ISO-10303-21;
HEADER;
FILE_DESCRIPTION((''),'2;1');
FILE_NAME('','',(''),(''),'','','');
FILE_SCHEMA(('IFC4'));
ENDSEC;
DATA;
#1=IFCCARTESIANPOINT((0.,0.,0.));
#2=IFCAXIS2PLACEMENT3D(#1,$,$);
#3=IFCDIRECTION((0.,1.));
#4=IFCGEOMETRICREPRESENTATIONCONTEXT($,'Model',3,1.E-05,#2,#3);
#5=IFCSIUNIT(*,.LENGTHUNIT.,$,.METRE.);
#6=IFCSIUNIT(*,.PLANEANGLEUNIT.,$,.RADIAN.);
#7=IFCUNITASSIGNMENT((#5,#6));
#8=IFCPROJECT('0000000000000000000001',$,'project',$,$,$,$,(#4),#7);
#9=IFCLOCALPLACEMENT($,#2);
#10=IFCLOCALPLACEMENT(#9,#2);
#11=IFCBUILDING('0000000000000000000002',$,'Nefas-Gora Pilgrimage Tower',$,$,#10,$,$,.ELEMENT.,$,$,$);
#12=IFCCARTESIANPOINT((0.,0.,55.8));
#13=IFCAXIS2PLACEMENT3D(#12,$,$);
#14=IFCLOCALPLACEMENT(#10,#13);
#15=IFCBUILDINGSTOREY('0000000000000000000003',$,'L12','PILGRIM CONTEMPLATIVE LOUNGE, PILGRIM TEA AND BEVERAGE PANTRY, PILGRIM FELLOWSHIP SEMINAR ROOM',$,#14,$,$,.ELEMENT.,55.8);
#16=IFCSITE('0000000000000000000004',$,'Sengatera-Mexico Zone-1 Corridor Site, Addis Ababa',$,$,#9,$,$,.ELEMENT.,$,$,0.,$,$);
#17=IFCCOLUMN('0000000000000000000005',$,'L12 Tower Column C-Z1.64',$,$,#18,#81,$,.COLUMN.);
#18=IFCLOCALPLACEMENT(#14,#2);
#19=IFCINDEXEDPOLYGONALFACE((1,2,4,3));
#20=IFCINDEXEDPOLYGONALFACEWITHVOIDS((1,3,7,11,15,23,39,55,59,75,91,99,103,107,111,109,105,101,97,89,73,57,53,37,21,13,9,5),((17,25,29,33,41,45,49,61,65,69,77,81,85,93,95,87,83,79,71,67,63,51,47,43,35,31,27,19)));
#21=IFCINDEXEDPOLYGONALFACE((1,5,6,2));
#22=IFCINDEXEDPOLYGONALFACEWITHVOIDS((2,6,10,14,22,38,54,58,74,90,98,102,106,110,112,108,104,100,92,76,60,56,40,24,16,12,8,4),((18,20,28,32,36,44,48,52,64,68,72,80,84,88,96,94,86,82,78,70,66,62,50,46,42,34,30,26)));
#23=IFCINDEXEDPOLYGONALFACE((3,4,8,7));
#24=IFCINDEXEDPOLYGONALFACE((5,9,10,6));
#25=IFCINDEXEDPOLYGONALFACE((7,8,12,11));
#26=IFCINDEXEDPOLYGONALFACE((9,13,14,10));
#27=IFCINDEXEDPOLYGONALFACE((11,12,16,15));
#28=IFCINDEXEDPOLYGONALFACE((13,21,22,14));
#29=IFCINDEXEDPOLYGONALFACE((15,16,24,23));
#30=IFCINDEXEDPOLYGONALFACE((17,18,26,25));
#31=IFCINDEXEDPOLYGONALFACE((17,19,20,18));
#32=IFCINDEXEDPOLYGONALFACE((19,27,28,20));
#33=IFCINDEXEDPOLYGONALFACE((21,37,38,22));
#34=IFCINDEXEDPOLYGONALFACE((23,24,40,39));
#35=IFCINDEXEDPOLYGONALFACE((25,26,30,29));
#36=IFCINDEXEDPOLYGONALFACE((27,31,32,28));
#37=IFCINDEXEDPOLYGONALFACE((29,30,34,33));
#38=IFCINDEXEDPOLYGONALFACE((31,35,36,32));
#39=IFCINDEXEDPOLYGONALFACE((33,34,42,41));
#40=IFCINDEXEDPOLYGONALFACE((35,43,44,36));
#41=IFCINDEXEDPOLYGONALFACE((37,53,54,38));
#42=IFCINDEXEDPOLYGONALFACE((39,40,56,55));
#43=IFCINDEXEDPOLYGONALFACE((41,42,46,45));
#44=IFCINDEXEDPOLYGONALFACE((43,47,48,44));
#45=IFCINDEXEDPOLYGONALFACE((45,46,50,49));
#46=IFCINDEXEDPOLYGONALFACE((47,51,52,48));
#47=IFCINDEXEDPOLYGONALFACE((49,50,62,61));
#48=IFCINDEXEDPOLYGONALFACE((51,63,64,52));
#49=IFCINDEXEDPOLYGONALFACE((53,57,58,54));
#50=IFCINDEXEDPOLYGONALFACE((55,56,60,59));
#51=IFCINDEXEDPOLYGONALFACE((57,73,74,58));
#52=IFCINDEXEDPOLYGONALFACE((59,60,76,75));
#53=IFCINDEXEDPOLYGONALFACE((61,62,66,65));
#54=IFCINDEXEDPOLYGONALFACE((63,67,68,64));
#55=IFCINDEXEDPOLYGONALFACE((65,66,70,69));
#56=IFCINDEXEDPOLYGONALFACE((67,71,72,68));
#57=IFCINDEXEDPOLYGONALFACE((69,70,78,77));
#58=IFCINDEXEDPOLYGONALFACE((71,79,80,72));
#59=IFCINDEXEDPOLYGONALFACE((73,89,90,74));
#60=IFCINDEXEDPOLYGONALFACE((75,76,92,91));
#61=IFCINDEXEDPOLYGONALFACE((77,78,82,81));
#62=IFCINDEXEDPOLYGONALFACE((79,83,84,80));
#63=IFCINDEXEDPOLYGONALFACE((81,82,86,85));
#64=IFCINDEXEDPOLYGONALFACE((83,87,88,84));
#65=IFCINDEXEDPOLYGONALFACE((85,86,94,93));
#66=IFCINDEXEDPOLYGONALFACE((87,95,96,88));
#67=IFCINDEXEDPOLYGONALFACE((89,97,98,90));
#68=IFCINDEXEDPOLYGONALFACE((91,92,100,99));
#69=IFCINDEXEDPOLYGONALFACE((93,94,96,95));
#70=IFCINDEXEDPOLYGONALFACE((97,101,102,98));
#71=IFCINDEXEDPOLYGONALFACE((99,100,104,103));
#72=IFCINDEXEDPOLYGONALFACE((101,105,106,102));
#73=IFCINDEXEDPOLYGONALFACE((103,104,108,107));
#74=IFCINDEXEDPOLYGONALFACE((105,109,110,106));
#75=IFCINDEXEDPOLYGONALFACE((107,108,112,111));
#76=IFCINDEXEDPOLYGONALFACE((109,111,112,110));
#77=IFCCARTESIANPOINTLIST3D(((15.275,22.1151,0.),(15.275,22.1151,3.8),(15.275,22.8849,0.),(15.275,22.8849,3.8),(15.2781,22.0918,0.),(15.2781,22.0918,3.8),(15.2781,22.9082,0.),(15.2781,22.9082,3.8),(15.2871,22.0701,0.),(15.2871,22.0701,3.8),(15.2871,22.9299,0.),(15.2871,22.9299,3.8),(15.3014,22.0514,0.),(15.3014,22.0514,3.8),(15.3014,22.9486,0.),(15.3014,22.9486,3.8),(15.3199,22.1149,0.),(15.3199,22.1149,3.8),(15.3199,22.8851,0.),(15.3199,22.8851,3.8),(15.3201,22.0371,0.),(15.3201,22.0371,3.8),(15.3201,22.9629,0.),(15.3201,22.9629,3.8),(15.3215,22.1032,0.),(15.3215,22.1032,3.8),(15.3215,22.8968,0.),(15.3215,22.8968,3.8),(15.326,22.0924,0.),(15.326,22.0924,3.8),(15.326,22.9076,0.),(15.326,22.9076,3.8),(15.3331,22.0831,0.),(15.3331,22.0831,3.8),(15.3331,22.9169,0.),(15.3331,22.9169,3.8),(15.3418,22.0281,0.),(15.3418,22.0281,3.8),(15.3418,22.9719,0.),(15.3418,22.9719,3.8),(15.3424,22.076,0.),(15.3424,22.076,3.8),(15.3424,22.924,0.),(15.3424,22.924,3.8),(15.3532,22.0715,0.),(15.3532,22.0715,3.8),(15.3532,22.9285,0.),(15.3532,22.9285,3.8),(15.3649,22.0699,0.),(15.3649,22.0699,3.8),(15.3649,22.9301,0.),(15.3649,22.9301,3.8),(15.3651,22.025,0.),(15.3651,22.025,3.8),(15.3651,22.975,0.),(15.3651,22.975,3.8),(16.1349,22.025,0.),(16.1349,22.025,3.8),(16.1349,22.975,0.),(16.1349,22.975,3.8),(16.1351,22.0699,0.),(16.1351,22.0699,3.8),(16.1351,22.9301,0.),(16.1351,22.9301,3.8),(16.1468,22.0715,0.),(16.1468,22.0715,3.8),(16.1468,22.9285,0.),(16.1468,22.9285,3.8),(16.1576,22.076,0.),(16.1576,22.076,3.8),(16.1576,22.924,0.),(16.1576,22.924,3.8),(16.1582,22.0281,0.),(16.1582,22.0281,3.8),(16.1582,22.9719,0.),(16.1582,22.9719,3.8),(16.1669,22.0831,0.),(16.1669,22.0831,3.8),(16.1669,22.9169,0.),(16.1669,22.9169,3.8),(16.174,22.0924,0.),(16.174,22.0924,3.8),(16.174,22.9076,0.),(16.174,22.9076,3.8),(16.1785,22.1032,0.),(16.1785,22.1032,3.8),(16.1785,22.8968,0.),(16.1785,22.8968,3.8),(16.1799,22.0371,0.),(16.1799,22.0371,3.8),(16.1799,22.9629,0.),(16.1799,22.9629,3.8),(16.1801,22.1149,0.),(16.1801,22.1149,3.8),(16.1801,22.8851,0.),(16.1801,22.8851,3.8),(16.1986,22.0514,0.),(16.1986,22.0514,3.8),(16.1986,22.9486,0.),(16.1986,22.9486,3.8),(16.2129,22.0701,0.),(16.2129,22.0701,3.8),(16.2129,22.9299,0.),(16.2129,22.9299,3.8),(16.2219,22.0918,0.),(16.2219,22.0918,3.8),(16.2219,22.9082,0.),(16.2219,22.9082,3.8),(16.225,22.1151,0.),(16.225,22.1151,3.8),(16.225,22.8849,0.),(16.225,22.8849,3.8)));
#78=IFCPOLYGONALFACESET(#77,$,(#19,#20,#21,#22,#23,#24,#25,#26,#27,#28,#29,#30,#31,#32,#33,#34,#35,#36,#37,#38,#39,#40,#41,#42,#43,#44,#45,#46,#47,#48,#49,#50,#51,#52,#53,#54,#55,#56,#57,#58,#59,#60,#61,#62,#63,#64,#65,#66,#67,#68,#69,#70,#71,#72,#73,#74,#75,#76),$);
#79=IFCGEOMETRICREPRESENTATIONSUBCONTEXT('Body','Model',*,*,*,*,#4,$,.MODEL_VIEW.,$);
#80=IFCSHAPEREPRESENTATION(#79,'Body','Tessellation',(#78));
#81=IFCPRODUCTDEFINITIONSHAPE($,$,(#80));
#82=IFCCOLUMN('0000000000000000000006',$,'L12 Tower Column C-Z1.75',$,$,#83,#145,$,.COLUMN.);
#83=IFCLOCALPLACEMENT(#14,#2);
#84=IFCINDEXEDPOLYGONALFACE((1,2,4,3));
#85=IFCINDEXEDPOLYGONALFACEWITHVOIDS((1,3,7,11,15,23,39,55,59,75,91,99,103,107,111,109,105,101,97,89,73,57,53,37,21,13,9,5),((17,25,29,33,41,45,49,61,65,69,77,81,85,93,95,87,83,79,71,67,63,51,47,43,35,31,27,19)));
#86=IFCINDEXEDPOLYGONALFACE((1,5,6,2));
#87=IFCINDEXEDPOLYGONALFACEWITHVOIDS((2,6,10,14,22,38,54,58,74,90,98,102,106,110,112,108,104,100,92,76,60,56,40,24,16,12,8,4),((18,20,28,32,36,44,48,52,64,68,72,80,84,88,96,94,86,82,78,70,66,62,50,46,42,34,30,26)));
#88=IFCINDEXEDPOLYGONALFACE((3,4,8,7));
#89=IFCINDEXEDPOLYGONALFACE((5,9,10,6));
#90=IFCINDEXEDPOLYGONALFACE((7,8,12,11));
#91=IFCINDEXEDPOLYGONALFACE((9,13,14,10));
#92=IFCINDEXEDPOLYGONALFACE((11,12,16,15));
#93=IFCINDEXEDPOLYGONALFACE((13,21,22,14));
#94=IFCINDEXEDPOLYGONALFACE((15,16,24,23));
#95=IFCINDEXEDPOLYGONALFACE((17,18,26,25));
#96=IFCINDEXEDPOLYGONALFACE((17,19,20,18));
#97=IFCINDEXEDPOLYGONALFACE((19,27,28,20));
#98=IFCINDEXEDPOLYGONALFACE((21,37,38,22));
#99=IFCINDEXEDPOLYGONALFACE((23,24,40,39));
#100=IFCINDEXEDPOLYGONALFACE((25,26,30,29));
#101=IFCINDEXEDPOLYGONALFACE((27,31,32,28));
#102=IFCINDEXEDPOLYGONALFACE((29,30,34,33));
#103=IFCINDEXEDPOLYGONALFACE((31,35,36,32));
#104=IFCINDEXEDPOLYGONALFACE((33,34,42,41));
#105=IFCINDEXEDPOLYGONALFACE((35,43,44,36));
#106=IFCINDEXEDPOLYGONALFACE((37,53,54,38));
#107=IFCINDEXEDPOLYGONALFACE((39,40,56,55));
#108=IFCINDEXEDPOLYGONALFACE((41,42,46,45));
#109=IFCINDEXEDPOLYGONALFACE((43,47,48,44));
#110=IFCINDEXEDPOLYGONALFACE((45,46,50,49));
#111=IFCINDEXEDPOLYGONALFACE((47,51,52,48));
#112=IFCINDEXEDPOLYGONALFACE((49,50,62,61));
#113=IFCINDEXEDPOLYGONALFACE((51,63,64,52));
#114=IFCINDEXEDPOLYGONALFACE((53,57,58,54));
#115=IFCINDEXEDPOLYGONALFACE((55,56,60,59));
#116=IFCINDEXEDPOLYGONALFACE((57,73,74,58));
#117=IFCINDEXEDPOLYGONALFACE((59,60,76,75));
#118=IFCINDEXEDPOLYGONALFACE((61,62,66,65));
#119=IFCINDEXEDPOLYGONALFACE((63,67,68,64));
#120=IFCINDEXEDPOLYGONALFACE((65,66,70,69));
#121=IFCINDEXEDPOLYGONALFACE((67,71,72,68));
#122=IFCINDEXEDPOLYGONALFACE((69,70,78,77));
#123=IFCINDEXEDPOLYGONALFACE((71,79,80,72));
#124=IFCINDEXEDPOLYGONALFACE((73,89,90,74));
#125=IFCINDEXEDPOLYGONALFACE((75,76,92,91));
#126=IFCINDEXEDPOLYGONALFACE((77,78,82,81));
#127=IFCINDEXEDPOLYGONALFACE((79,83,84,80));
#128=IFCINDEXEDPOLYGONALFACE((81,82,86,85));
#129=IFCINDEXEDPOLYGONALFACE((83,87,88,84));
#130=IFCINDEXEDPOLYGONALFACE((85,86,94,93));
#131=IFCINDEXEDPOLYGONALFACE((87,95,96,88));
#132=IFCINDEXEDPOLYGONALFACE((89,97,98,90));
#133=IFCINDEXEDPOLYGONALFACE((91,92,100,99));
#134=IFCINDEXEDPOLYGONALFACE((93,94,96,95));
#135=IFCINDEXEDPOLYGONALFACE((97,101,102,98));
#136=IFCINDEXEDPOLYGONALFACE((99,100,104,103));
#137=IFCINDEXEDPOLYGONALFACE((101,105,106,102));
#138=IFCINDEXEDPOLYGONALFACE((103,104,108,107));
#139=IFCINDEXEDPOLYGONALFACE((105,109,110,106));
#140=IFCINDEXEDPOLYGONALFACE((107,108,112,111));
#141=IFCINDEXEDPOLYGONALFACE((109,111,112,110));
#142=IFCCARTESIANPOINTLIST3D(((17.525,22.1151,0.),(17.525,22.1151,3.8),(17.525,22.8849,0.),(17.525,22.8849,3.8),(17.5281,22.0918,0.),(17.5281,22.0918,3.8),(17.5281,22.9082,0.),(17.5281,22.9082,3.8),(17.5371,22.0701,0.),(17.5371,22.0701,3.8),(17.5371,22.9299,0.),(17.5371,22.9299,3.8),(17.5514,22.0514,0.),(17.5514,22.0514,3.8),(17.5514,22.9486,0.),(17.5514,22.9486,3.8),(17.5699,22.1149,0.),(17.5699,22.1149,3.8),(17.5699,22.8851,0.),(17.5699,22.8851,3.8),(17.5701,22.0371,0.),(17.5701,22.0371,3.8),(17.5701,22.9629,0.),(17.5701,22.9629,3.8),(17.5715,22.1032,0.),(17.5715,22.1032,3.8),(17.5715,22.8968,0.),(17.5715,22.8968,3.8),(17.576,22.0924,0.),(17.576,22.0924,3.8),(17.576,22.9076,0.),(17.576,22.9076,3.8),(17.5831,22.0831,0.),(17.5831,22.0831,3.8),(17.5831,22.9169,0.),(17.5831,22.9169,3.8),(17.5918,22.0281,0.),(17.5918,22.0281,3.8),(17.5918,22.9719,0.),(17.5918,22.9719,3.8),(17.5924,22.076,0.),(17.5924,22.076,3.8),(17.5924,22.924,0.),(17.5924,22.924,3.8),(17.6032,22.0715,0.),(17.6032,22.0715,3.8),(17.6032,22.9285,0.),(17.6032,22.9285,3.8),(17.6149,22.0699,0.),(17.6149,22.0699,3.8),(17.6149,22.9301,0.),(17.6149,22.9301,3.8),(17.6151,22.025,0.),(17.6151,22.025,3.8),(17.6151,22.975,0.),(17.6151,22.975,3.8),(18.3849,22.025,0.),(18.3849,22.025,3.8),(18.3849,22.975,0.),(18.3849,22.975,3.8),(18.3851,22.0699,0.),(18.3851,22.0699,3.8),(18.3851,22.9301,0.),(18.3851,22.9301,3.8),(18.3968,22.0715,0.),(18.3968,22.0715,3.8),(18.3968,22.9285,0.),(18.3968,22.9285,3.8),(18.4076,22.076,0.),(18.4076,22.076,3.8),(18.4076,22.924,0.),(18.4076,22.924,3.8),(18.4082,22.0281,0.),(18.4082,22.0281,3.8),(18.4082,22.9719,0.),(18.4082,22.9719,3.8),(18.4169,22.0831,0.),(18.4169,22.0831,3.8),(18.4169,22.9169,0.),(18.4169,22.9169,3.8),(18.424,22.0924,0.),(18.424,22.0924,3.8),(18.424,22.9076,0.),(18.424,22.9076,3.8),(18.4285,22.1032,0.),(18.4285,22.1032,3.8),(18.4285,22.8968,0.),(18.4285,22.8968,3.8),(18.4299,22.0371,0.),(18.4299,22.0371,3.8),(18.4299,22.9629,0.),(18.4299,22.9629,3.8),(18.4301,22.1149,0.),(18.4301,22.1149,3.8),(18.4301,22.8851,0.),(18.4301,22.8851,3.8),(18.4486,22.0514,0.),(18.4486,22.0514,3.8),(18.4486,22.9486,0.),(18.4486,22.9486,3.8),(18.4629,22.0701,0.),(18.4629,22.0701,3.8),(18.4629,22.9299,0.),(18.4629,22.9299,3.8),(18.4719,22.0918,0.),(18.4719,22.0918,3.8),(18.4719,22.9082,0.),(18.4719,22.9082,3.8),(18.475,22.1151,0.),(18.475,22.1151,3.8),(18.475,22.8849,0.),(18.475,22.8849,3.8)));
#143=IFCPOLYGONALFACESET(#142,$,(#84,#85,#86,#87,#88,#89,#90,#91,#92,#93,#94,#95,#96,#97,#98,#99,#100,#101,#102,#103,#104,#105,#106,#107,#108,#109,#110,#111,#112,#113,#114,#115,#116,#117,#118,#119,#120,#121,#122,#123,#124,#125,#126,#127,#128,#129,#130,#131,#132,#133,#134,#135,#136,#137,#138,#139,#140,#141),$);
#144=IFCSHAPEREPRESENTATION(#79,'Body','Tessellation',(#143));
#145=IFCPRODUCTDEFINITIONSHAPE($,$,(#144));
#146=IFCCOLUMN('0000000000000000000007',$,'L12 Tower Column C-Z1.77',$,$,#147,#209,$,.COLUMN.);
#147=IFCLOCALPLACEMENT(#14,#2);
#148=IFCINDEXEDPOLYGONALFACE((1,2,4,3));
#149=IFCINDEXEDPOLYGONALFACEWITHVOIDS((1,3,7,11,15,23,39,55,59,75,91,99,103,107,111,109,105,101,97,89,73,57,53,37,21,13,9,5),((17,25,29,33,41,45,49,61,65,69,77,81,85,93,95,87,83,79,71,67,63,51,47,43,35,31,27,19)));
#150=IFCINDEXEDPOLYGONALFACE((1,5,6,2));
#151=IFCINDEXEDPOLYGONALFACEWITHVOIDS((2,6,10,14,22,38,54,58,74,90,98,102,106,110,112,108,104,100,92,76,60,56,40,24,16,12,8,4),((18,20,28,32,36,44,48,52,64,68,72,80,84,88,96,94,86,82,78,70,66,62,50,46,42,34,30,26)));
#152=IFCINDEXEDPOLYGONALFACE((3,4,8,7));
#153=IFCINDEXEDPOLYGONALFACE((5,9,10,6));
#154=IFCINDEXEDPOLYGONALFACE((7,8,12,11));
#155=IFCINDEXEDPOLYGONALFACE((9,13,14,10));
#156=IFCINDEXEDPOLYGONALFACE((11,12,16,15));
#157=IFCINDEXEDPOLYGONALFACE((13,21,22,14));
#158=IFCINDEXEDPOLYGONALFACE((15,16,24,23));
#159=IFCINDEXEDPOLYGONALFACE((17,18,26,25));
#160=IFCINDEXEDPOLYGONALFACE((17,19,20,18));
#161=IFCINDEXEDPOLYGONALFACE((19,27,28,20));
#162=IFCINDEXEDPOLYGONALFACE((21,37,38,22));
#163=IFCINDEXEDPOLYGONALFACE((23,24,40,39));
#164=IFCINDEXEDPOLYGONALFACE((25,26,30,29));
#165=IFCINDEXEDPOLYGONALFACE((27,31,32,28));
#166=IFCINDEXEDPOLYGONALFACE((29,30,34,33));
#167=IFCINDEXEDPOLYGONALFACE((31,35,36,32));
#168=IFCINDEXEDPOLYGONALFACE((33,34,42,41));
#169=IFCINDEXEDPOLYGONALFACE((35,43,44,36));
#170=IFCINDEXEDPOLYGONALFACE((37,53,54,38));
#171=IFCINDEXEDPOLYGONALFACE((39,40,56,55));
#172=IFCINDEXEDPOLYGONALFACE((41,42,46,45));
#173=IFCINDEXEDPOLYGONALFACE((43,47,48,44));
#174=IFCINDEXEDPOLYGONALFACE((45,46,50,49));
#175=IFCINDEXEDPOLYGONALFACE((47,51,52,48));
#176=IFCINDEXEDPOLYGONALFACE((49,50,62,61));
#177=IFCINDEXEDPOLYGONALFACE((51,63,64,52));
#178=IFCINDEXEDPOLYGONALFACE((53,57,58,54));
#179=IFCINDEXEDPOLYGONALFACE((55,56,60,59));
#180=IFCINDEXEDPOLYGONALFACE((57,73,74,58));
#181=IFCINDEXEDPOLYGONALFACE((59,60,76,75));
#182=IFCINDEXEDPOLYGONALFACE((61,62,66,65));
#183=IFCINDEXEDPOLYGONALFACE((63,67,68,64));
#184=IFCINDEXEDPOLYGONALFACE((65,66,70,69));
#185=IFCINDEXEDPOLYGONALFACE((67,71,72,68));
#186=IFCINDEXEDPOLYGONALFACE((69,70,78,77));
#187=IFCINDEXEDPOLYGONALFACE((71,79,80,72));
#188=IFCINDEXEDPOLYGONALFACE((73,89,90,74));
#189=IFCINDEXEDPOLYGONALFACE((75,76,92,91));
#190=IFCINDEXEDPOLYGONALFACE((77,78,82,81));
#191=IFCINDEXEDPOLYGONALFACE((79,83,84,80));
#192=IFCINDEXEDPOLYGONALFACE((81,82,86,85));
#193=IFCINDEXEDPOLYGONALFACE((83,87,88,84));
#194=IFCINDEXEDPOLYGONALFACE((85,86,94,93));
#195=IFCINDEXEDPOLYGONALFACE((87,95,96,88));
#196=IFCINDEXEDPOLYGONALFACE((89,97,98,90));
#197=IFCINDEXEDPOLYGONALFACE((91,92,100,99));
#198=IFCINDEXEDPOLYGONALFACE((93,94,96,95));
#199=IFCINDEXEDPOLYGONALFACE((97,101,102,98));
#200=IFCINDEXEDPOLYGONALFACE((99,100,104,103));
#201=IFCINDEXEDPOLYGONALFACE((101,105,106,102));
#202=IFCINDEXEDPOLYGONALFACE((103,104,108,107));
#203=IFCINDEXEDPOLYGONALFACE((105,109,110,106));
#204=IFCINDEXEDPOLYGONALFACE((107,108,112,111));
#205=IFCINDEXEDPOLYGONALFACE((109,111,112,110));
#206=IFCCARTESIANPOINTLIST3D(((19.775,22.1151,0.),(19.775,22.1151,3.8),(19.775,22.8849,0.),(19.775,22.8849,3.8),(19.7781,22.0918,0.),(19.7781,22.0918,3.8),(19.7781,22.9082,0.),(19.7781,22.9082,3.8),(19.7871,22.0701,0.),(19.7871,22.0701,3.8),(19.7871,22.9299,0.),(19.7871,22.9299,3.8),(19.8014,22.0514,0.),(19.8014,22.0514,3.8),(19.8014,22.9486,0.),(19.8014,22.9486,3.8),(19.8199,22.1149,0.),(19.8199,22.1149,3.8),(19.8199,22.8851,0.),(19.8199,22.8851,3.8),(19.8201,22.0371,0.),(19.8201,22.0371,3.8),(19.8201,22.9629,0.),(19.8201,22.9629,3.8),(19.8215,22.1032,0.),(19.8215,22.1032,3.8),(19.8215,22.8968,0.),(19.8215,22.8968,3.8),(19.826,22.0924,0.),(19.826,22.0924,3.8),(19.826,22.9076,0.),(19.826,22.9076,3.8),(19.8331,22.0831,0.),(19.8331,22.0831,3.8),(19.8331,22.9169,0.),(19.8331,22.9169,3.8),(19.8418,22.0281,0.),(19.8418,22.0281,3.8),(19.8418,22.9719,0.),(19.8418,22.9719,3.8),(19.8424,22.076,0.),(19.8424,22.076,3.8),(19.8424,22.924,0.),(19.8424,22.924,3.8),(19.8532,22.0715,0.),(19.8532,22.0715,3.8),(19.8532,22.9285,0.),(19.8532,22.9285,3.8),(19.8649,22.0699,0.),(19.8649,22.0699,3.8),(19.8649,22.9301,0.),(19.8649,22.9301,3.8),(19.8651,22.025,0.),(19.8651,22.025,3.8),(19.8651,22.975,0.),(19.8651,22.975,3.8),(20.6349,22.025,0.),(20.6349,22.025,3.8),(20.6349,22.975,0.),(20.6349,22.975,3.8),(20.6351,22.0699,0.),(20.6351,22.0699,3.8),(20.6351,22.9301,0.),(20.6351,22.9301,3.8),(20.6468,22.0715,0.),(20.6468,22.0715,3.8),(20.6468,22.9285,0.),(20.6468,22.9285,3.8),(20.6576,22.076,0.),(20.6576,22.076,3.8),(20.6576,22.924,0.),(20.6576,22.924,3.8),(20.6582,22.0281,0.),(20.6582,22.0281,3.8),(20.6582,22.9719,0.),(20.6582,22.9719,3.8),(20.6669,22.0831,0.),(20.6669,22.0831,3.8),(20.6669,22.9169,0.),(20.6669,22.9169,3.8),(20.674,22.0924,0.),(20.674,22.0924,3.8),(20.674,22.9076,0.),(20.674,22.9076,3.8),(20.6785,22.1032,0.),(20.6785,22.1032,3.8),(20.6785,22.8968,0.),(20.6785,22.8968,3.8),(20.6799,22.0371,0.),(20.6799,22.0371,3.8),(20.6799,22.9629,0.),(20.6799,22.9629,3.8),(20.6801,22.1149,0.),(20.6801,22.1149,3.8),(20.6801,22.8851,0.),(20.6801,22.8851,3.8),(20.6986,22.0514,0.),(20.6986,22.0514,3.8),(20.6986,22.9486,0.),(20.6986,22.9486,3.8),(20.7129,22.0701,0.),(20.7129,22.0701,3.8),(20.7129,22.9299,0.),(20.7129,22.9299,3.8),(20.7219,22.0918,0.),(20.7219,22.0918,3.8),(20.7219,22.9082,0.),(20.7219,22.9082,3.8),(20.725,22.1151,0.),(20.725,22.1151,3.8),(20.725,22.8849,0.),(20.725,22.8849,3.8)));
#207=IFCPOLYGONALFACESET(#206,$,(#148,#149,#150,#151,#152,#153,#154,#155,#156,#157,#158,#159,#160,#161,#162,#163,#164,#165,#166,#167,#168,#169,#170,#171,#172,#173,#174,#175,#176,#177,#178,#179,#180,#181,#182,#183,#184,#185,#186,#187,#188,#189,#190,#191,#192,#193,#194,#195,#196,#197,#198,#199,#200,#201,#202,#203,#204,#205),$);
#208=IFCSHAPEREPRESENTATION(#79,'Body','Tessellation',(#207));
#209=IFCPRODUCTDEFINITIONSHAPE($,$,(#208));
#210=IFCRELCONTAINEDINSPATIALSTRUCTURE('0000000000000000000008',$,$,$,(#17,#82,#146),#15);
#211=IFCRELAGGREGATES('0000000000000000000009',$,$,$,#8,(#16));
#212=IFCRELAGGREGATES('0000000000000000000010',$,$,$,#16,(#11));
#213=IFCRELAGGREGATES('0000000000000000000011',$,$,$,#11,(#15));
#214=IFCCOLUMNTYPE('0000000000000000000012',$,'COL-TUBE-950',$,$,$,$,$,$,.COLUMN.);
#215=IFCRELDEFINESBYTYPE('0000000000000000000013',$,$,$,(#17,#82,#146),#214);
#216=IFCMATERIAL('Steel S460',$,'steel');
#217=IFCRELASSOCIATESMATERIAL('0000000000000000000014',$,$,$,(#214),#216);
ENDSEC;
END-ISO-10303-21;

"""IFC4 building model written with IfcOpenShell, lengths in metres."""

from ifc_helpers import new_model, si_unit, direction, frame, origin, origin_2d, place, context, subcontext, project, spatial, hollow_rectangle, extrude, source, transform, mapped, material, material_profile, profile_set, type_object, element, save


model = new_model("IFC4")

# Units and contexts
model_context = context("Model", 3, precision=1e-05, world=origin(), true_north=direction((0.0, 1.0)))
body_context = subcontext(model_context, "Body", "Model", "MODEL_VIEW")
ifc_project = project(units=[si_unit("LENGTHUNIT", "METRE"), si_unit("PLANEANGLEUNIT", "RADIAN")], contexts=[model_context])

# Site, building, storey
site_placement = place(None, origin())
site = spatial("IfcSite", under=ifc_project, at=site_placement, Name="Sengatera-Mexico Zone-1 Corridor Site, Addis Ababa", CompositionType="ELEMENT", RefElevation=0.0)
building_placement = place(site_placement, origin())
building = spatial("IfcBuilding", under=site, at=building_placement, Name="Nefas-Gora Pilgrimage Tower", CompositionType="ELEMENT")
storey_placement = place(building_placement, frame((0.0, 0.0, 55.8)))
storey = spatial("IfcBuildingStorey", under=building, at=storey_placement, Name="L12", Description="PILGRIM CONTEMPLATIVE LOUNGE, PILGRIM TEA AND BEVERAGE PANTRY, PILGRIM FELLOWSHIP SEMINAR ROOM", CompositionType="ELEMENT", Elevation=55.8)

# Columns
ifc_material_1 = material(Name="Steel S460", Category="steel")
ifc_material_profile_1 = material_profile(ifc_material_1, hollow_rectangle(XDim=0.95, YDim=0.95, WallThickness=0.0449, InnerFilletRadius=0.0449, OuterFilletRadius=0.0901, at=origin_2d()), Name="BOX 950x950x45")
ifc_profile_set_1 = profile_set([ifc_material_profile_1], Name="Steel S460")
column_type_1 = type_object("IfcColumnType", Name="COL-TUBE-950", PredefinedType="COLUMN", material=ifc_profile_set_1)
shared_shape_1 = source(origin(), body_context, "Body", "SweptSolid", [
    extrude(hollow_rectangle(XDim=0.95, YDim=0.95, WallThickness=0.0449, InnerFilletRadius=0.0449, OuterFilletRadius=0.0901, at=origin_2d()), origin(), (0.0, 0.0, 1.0), 3.8),
])
for number, where, z_axis, x_axis, name in (
    (1, (15.75, 22.5, 0.0), (0.0, 0.0, 1.0), (1.0, 0.0, 0.0), "L12 Tower Column C-Z1.64"),
    (2, (18.0, 22.5, 0.0), (0.0, 0.0, 1.0), (1.0, 0.0, 0.0), "L12 Tower Column C-Z1.75"),
    (3, (20.25, 22.5, 0.0), (0.0, 0.0, 1.0), (1.0, 0.0, 0.0), "L12 Tower Column C-Z1.77"),
):
    element("IfcColumn", number, at=place(storey_placement, frame(where, z_axis=z_axis, x_axis=x_axis)), inside=storey, type_object=column_type_1, Name=name, PredefinedType="COLUMN", context=body_context, shape_type="MappedRepresentation", body=[
        mapped(shared_shape_1, transform((0.0, 0.0, 0.0), x_axis=(1.0, 0.0, 0.0), y_axis=(0.0, 1.0, 0.0), z_axis=(0.0, 0.0, 1.0), scale=1.0)),
    ])

save(model, "model.ifc")
